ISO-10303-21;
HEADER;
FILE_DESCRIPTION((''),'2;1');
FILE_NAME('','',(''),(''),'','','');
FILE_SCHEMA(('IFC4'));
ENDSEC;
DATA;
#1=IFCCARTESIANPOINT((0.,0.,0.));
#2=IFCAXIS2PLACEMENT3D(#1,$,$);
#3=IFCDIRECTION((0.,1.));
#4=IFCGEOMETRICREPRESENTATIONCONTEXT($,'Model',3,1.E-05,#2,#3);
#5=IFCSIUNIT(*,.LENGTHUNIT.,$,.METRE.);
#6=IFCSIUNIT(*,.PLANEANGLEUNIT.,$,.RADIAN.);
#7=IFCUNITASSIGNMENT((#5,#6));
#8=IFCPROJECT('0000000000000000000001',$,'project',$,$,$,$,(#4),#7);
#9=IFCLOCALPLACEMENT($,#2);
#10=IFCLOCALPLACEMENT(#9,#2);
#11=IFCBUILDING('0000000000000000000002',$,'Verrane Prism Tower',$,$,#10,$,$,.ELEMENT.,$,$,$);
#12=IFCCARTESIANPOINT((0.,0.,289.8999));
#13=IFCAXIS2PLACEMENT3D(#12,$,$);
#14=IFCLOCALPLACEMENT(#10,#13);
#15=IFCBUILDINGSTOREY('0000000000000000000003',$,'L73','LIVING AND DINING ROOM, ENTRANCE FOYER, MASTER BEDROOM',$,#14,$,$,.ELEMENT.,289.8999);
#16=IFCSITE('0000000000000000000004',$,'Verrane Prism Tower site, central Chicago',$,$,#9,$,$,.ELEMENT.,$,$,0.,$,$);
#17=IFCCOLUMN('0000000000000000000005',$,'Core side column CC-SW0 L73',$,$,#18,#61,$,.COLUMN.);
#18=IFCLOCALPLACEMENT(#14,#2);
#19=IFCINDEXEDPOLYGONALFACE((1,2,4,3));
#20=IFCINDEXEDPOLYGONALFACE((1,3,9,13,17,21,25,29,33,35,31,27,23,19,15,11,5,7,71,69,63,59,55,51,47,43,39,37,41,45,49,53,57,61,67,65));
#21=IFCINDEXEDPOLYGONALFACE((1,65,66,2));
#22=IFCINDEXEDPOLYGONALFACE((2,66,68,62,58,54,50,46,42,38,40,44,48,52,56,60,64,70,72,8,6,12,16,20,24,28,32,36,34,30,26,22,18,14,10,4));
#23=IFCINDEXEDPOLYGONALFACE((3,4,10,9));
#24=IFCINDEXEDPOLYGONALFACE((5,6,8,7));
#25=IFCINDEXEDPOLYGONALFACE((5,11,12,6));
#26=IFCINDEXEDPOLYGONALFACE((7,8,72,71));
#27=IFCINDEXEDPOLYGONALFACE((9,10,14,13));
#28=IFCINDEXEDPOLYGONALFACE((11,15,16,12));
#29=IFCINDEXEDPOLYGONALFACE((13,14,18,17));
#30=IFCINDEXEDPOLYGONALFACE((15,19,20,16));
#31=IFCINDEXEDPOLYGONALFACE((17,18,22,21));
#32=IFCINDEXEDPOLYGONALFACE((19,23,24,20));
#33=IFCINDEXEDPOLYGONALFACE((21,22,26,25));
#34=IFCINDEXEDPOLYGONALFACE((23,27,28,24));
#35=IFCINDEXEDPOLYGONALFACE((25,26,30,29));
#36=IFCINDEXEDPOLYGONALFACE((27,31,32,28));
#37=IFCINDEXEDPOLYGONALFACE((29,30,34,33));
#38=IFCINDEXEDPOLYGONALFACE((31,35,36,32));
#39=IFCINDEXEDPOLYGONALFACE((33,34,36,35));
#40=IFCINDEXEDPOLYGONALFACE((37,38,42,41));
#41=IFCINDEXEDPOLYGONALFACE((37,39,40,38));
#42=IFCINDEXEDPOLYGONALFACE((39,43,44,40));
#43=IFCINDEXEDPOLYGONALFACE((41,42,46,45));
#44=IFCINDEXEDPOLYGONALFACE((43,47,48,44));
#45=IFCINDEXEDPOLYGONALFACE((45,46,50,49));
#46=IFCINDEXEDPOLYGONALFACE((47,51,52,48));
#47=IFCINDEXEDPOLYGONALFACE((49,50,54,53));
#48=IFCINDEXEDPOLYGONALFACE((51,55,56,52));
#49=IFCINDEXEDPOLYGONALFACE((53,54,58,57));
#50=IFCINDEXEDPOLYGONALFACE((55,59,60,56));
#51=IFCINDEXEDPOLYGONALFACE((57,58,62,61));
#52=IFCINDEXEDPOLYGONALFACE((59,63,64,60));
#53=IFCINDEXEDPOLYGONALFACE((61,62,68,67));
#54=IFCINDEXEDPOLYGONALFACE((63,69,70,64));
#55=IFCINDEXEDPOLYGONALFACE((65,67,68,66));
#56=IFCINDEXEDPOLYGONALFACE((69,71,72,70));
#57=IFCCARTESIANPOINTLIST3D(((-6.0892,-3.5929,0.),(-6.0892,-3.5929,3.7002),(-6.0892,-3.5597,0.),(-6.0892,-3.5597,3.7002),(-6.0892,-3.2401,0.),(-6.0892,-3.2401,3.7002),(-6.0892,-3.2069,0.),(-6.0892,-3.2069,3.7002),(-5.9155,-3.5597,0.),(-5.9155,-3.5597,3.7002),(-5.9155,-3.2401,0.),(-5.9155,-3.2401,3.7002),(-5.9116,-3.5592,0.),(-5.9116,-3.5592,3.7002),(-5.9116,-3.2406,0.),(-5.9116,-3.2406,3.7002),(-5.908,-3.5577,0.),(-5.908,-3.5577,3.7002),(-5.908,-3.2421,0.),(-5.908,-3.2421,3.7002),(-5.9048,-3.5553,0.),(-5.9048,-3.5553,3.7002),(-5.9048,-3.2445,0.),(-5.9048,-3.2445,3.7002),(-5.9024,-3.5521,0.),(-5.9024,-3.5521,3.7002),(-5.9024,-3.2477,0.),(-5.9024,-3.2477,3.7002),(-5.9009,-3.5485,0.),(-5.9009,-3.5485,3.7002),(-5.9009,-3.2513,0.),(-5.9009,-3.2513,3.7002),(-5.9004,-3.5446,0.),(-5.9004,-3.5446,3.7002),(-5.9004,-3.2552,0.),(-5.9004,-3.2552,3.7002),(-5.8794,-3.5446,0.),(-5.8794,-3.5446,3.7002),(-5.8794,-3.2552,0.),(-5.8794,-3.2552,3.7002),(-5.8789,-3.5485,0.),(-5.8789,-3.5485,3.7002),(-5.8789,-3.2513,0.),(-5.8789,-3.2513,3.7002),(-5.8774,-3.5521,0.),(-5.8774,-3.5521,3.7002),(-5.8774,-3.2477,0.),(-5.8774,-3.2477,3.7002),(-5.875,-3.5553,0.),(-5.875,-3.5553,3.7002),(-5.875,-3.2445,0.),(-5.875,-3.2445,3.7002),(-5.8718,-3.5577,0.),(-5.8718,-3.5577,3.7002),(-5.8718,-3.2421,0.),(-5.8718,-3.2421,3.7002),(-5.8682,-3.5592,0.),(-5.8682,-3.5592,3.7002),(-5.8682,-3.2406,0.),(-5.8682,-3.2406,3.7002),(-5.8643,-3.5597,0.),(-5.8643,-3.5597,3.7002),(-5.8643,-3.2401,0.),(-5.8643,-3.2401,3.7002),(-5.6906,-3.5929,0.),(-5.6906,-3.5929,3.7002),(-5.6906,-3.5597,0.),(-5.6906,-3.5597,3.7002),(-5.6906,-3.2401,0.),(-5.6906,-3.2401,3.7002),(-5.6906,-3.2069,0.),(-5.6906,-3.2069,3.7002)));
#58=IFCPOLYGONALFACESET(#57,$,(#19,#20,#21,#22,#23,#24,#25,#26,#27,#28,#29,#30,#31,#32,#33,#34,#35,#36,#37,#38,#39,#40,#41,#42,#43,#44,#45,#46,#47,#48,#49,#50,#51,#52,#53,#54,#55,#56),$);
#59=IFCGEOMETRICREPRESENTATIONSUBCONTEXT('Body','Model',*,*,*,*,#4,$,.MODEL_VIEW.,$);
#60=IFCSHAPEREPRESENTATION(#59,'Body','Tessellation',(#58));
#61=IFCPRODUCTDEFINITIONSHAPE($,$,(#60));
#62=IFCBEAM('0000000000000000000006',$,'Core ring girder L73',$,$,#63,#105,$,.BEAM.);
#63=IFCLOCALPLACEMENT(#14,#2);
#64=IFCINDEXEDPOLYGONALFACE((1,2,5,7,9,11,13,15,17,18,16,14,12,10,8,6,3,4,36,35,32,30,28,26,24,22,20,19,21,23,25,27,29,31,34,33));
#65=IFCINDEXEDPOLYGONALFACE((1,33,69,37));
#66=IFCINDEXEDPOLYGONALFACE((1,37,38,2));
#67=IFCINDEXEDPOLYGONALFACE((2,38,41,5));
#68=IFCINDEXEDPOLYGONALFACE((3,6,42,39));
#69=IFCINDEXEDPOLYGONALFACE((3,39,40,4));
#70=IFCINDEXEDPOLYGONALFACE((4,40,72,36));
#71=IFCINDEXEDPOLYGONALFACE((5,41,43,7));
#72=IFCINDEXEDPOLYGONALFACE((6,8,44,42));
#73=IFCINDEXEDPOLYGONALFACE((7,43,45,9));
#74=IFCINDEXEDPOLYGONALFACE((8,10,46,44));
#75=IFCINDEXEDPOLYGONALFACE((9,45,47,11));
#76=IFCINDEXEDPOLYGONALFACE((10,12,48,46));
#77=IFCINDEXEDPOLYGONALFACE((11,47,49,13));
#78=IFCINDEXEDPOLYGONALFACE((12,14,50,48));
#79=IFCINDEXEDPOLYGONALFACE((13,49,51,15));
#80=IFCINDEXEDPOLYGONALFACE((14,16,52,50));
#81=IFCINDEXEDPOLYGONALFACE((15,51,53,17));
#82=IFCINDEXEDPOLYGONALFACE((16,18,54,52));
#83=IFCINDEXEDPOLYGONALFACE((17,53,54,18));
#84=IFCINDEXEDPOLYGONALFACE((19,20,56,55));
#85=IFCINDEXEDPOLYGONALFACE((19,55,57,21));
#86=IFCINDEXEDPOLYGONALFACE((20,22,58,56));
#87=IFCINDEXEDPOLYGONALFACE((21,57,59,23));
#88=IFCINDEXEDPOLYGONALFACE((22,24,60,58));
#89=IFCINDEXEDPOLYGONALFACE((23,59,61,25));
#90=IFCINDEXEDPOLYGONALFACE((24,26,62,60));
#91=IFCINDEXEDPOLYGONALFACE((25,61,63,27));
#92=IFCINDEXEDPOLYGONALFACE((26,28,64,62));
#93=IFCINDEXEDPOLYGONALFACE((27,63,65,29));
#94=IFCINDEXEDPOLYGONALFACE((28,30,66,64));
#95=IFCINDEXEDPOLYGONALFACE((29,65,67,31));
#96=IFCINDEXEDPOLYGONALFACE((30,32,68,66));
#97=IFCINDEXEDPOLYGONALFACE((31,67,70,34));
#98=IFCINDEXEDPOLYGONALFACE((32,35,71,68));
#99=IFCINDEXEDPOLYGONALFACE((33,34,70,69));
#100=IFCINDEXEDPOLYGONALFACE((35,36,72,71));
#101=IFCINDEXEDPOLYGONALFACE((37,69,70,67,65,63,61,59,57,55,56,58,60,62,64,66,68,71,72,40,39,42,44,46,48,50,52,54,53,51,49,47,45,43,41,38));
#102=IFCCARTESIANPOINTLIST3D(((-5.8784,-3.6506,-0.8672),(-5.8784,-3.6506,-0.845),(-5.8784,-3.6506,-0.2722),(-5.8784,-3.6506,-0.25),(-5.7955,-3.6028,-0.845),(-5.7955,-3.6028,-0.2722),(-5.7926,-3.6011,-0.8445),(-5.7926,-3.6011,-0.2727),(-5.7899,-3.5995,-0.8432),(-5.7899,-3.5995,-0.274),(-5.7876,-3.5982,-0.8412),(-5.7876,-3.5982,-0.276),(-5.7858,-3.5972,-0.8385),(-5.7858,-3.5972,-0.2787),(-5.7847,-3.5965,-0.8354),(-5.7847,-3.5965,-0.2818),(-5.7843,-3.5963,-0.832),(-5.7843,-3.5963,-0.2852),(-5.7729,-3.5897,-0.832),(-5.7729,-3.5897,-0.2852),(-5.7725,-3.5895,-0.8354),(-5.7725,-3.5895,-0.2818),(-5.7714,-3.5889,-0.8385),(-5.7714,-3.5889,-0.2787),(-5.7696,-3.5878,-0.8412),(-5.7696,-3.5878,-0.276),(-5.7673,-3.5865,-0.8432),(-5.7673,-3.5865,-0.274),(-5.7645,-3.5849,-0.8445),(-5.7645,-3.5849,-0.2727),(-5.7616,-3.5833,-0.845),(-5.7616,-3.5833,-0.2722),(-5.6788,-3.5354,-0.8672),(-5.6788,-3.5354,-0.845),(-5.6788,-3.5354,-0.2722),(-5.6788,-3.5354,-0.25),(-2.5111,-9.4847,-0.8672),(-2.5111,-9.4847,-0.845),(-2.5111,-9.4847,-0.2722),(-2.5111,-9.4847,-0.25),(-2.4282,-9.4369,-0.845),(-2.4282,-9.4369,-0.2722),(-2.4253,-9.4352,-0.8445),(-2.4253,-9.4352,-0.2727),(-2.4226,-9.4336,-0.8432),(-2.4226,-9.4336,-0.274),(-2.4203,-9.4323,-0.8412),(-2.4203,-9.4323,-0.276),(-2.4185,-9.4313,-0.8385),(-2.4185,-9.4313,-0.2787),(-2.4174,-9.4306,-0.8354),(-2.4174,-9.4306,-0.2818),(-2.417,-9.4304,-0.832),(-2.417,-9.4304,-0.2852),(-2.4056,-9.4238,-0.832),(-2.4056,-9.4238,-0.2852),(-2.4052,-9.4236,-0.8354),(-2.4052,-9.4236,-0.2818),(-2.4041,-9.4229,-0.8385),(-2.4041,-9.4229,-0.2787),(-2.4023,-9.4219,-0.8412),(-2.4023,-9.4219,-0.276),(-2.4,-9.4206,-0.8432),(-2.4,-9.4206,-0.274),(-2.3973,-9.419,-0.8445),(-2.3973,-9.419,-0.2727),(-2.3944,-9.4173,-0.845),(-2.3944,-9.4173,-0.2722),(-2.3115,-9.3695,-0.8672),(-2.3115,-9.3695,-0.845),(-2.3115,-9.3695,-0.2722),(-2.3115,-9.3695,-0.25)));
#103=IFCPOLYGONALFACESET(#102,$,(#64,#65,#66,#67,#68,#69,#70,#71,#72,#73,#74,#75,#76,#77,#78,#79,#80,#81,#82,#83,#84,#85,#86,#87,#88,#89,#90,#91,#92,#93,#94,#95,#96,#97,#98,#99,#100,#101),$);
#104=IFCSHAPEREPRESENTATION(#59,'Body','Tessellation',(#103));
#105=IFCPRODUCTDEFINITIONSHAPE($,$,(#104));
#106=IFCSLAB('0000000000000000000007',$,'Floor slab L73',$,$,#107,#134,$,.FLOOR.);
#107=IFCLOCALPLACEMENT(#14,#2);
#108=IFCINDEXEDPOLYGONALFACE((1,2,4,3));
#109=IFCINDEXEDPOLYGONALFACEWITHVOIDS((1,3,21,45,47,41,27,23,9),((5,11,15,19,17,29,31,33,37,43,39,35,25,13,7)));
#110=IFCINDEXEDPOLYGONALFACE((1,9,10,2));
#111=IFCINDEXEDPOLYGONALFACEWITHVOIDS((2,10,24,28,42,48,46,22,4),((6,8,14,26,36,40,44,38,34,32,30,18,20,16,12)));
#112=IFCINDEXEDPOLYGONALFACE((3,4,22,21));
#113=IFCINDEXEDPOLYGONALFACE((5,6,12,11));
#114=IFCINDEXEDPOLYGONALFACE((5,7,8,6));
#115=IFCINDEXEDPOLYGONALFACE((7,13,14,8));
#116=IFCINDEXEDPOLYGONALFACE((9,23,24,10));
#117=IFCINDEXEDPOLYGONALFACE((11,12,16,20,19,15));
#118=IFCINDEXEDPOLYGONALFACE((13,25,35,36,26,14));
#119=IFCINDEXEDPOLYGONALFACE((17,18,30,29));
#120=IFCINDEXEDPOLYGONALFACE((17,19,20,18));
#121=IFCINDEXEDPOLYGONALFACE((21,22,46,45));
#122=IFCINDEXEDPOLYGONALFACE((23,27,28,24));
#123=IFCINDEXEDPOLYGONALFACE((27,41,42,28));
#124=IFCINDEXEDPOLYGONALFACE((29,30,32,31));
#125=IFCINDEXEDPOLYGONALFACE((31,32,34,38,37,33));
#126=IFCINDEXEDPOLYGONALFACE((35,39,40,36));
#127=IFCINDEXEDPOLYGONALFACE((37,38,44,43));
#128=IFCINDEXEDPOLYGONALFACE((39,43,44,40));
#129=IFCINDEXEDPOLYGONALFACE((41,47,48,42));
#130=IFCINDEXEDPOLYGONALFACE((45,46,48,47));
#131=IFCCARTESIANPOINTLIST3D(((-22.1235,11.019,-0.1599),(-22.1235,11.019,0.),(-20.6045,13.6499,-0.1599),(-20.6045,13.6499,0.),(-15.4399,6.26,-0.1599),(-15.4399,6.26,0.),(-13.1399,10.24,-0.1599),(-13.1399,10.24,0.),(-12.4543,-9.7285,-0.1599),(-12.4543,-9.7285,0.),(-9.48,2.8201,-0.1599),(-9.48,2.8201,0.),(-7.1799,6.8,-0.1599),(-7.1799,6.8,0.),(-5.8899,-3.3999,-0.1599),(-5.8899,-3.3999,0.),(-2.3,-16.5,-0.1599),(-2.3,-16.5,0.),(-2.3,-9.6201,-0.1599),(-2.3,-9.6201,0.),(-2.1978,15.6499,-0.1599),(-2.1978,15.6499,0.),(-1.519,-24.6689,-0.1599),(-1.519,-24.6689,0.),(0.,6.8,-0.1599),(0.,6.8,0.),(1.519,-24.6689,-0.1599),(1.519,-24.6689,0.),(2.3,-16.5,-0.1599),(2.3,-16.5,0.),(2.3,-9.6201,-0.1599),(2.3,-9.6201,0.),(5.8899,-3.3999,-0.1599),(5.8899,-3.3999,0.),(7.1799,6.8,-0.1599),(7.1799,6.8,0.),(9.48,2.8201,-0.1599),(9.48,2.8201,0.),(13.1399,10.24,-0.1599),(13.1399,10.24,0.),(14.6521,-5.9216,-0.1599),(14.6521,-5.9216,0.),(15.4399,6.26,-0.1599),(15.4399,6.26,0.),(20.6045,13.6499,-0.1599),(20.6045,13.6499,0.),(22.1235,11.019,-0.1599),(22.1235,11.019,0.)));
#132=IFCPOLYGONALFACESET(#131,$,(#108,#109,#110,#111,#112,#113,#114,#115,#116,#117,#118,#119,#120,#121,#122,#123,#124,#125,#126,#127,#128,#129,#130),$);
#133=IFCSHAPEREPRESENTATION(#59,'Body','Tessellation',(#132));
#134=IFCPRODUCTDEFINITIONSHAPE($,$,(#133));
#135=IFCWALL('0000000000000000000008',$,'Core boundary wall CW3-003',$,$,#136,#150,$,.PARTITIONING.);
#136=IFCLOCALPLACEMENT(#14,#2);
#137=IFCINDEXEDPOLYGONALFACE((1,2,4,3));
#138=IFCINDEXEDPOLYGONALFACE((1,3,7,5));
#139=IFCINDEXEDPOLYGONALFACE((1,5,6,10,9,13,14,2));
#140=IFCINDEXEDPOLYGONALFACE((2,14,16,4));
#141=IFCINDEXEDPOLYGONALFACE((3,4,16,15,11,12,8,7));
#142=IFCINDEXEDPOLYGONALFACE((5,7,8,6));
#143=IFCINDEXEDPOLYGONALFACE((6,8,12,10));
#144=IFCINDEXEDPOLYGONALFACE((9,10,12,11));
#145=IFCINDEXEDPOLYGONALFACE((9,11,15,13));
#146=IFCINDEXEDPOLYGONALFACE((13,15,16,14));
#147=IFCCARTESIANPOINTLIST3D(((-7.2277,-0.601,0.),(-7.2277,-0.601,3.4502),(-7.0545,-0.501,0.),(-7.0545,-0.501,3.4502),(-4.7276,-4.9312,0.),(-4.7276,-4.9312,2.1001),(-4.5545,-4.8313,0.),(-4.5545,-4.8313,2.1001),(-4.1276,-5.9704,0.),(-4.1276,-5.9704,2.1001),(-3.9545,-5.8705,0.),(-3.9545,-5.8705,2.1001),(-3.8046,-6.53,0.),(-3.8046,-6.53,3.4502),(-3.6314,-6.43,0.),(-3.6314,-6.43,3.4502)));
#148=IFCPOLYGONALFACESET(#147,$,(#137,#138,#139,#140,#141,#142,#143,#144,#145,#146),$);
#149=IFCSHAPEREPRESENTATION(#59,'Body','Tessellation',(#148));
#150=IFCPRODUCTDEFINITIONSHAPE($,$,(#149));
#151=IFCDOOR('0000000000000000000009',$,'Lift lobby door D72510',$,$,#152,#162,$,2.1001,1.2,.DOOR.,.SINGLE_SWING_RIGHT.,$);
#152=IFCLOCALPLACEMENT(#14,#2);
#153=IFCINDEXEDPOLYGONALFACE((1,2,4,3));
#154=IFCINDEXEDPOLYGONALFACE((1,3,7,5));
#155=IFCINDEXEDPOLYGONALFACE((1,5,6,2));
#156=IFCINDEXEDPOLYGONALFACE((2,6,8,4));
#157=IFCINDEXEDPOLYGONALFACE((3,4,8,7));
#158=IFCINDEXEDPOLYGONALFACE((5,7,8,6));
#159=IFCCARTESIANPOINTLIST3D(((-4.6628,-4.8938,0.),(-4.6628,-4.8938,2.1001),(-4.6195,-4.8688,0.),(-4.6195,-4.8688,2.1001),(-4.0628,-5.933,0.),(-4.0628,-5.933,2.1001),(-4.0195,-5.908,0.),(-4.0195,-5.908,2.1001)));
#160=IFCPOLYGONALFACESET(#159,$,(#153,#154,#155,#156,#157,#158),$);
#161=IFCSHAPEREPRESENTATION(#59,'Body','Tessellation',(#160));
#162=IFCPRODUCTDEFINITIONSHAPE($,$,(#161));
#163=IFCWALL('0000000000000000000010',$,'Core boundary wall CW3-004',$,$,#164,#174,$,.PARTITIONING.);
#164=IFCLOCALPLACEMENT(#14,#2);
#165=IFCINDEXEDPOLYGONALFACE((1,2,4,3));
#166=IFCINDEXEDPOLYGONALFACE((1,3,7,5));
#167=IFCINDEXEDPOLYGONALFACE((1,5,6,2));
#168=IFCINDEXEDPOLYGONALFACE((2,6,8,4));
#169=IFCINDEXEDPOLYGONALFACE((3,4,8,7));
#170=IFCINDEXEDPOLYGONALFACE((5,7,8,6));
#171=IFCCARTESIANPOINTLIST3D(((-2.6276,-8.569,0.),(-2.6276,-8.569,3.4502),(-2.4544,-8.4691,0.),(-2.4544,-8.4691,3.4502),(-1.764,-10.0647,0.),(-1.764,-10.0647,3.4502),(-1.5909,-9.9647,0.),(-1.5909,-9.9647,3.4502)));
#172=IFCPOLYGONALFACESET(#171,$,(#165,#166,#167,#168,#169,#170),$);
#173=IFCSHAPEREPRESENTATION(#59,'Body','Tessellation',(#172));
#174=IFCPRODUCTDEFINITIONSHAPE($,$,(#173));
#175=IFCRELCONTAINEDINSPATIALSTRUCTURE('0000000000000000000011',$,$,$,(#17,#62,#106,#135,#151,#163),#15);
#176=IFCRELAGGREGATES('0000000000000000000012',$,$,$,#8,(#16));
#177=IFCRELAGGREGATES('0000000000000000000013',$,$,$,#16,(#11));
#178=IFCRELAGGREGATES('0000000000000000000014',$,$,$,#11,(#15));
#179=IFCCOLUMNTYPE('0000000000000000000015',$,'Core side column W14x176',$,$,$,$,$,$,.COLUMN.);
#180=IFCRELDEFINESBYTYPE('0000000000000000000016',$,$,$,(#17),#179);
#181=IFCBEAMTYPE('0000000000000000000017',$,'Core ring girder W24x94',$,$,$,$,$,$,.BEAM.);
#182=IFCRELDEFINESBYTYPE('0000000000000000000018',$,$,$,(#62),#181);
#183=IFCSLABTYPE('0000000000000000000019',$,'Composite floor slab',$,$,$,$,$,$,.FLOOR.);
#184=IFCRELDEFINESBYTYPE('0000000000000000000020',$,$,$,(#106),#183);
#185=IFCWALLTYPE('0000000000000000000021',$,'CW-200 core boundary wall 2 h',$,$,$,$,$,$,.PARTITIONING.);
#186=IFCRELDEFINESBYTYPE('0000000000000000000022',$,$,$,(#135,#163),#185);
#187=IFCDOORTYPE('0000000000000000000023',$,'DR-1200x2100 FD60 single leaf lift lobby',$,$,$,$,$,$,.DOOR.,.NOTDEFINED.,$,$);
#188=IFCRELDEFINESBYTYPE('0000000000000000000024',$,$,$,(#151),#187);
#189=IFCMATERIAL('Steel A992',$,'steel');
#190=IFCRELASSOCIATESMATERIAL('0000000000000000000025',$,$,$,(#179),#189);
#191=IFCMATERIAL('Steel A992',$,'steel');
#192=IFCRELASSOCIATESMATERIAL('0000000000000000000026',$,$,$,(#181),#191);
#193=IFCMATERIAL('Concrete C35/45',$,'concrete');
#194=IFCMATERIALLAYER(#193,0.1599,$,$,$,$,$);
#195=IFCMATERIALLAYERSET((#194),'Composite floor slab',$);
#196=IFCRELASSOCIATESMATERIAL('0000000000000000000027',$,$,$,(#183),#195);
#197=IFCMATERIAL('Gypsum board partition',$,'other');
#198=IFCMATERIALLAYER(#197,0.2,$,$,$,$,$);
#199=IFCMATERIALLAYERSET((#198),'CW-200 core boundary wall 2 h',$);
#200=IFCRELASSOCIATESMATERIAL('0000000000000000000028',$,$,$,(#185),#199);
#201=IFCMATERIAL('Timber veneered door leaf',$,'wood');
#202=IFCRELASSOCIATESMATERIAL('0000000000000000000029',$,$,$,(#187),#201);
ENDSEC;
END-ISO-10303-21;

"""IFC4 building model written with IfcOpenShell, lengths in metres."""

from ifc_helpers import new_model, si_unit, direction, frame, frame_2d, origin, origin_2d, place, context, subcontext, project, spatial, polyline, rectangle, i_section, outline, extrude, material, layer, layer_set, material_profile, profile_set, type_object, element, fill, save


model = new_model("IFC4")

# Units and contexts
model_context = context("Model", 3, precision=1e-05, world=origin(), true_north=direction((0.0, 1.0)))
body_context = subcontext(model_context, "Body", "Model", "MODEL_VIEW")
ifc_project = project(units=[si_unit("LENGTHUNIT", "METRE"), si_unit("PLANEANGLEUNIT", "RADIAN")], contexts=[model_context])

# Site, building, storey
site_placement = place(None, origin())
site = spatial("IfcSite", under=ifc_project, at=site_placement, Name="Verrane Prism Tower site, central Chicago", CompositionType="ELEMENT", RefElevation=0.0)
building_placement = place(site_placement, origin())
building = spatial("IfcBuilding", under=site, at=building_placement, Name="Verrane Prism Tower", CompositionType="ELEMENT")
storey_placement = place(building_placement, frame((0.0, 0.0, 289.8999)))
storey = spatial("IfcBuildingStorey", under=building, at=storey_placement, Name="L73", Description="LIVING AND DINING ROOM, ENTRANCE FOYER, MASTER BEDROOM", CompositionType="ELEMENT", Elevation=289.8999)

# Column
ifc_material_1 = material(Name="Steel A992", Category="steel")
ifc_material_profile_1 = material_profile(ifc_material_1, i_section(OverallWidth=0.3987, OverallDepth=0.386, WebThickness=0.021, FlangeThickness=0.0332, FilletRadius=0.0151, at=origin_2d()), Name="W14x176")
ifc_profile_set_1 = profile_set([ifc_material_profile_1], Name="Steel A992")
column_type = type_object("IfcColumnType", Name="Core side column W14x176", PredefinedType="COLUMN", material=ifc_profile_set_1)
column_placement = place(storey_placement, frame((-5.8899, -3.3999, 0.0), z_axis=(0.0, 0.0, 1.0), x_axis=(1.0, 0.0, 0.0)))
element("IfcColumn", 1, at=column_placement, inside=storey, type_object=column_type, Name="Core side column CC-SW0 L73", PredefinedType="COLUMN", context=body_context, shape_type="SweptSolid", body=[
    extrude(i_section(OverallWidth=0.3987, OverallDepth=0.386, WebThickness=0.021, FlangeThickness=0.0332, FilletRadius=0.0151, at=origin_2d()), origin(), (0.0, 0.0, 1.0), 3.7002),
])

# Beam
ifc_material_2 = material(Name="Steel A992", Category="steel")
ifc_material_profile_2 = material_profile(ifc_material_2, i_section(OverallWidth=0.2305, OverallDepth=0.6172, WebThickness=0.0132, FlangeThickness=0.0222, FilletRadius=0.0129, at=origin_2d()), Name="W24x94")
ifc_profile_set_2 = profile_set([ifc_material_profile_2], Name="Steel A992")
beam_type = type_object("IfcBeamType", Name="Core ring girder W24x94", PredefinedType="BEAM", material=ifc_profile_set_2)
beam_placement = place(storey_placement, frame((-5.7786, -3.593, -0.5586), z_axis=(0.499881, -0.866094, 0.0), x_axis=(0.866094, 0.499881, 0.0)))
element("IfcBeam", 2, at=beam_placement, inside=storey, type_object=beam_type, Name="Core ring girder L73", PredefinedType="BEAM", context=body_context, shape_type="SweptSolid", body=[
    extrude(i_section(OverallWidth=0.2305, OverallDepth=0.6172, WebThickness=0.0132, FlangeThickness=0.0222, FilletRadius=0.0129, at=origin_2d()), origin(), (0.0, 0.0, 1.0), 6.7361),
])

# Slab
ifc_material_3 = material(Name="Concrete C35/45", Category="concrete")
ifc_layer_1 = layer(ifc_material_3, 0.1599)
ifc_layer_set_1 = layer_set([ifc_layer_1], Name="Composite floor slab")
slab_type = type_object("IfcSlabType", Name="Composite floor slab", PredefinedType="FLOOR", material=ifc_layer_set_1)
slab_placement = place(storey_placement, frame((0.0, 0.0, -0.1599)))
element("IfcSlab", 3, at=slab_placement, inside=storey, type_object=slab_type, Name="Floor slab L73", PredefinedType="FLOOR", context=body_context, shape_type="SweptSolid", body=[
    extrude(outline(polyline([(14.6521, -5.9216), (1.519, -24.6689), (-1.519, -24.6689), (-12.4543, -9.7285), (-22.1235, 11.019), (-20.6045, 13.6499), (-2.1978, 15.6499), (20.6045, 13.6499), (22.1235, 11.019), (14.6521, -5.9216)]), holes=[polyline([(15.4399, 6.26), (13.1399, 10.24), (7.1799, 6.8), (0.0, 6.8), (-7.1799, 6.8), (-13.1399, 10.24), (-15.4399, 6.26), (-9.48, 2.8201), (-5.8899, -3.3999), (-2.3, -9.6201), (-2.3, -16.5), (2.3, -16.5), (2.3, -9.6201), (5.8899, -3.3999), (9.48, 2.8201), (15.4399, 6.26)])]), origin(), (0.0, 0.0, 1.0), 0.1599),
])

# Wall, opening, door
ifc_material_4 = material(Name="Gypsum board partition", Category="other")
ifc_layer_2 = layer(ifc_material_4, 0.2)
ifc_layer_set_2 = layer_set([ifc_layer_2], Name="CW-200 core boundary wall 2 h")
wall_type_1 = type_object("IfcWallType", Name="CW-200 core boundary wall 2 h", PredefinedType="PARTITIONING", material=ifc_layer_set_2)
wall_1_placement = place(storey_placement, frame((-7.1411, -0.551, 0.0), z_axis=(0.0, 0.0, 1.0), x_axis=(0.500001, -0.866025, 0.0)))
wall_1 = element("IfcWall", 4, at=wall_1_placement, inside=storey, type_object=wall_type_1, Name="Core boundary wall CW3-003", PredefinedType="PARTITIONING", context=body_context, shape_type="SweptSolid", body=[
    extrude(rectangle(XDim=6.8462, YDim=0.2, at=frame_2d((3.4231, 0.0))), origin(), (0.0, 0.0, 1.0), 3.4502),
])
opening_1_placement = place(wall_1_placement, frame((5.0, 0.0, 0.0)))
opening_1 = element("IfcOpeningElement", 5, at=opening_1_placement, cuts=wall_1, PredefinedType="OPENING", context=body_context, shape_type="SweptSolid", body=[
    extrude(rectangle(XDim=1.2, YDim=2.1001, at=frame_2d((0.6001, 1.05))), frame((0.0, 0.1099, 0.0), z_axis=(0.0, -1.0, 0.0), x_axis=(1.0, 0.0, 0.0)), (0.0, 0.0, 1.0), 0.22),
])
ifc_material_5 = material(Name="Timber veneered door leaf", Category="wood")
door_type_1 = type_object("IfcDoorType", Name="DR-1200x2100 FD60 single leaf lift lobby", OperationType="NOTDEFINED", PredefinedType="DOOR", material=ifc_material_5)
door_1_placement = place(opening_1_placement, origin())
door_1 = element("IfcDoor", 6, at=door_1_placement, inside=storey, type_object=door_type_1, Name="Lift lobby door D72510", OperationType="SINGLE_SWING_RIGHT", OverallHeight=2.1001, OverallWidth=1.2, PredefinedType="DOOR", context=body_context, shape_type="SweptSolid", body=[
    extrude(rectangle(XDim=1.2, YDim=2.1001, at=frame_2d((0.6001, 1.05))), frame((0.0, 0.0249, 0.0), z_axis=(0.0, -1.0, 0.0), x_axis=(1.0, 0.0, 0.0)), (0.0, 0.0, 1.0), 0.05),
])
fill(opening_1, door_1)

# Wall
wall_2_placement = place(storey_placement, frame((-2.541, -8.519, 0.0), z_axis=(0.0, 0.0, 1.0), x_axis=(0.500016, -0.866016, 0.0)))
element("IfcWall", 7, at=wall_2_placement, inside=storey, type_object=wall_type_1, Name="Core boundary wall CW3-004", PredefinedType="PARTITIONING", context=body_context, shape_type="SweptSolid", body=[
    extrude(rectangle(XDim=1.7271, YDim=0.2, at=frame_2d((0.8635, 0.0))), origin(), (0.0, 0.0, 1.0), 3.4502),
])

save(model, "model.ifc")
